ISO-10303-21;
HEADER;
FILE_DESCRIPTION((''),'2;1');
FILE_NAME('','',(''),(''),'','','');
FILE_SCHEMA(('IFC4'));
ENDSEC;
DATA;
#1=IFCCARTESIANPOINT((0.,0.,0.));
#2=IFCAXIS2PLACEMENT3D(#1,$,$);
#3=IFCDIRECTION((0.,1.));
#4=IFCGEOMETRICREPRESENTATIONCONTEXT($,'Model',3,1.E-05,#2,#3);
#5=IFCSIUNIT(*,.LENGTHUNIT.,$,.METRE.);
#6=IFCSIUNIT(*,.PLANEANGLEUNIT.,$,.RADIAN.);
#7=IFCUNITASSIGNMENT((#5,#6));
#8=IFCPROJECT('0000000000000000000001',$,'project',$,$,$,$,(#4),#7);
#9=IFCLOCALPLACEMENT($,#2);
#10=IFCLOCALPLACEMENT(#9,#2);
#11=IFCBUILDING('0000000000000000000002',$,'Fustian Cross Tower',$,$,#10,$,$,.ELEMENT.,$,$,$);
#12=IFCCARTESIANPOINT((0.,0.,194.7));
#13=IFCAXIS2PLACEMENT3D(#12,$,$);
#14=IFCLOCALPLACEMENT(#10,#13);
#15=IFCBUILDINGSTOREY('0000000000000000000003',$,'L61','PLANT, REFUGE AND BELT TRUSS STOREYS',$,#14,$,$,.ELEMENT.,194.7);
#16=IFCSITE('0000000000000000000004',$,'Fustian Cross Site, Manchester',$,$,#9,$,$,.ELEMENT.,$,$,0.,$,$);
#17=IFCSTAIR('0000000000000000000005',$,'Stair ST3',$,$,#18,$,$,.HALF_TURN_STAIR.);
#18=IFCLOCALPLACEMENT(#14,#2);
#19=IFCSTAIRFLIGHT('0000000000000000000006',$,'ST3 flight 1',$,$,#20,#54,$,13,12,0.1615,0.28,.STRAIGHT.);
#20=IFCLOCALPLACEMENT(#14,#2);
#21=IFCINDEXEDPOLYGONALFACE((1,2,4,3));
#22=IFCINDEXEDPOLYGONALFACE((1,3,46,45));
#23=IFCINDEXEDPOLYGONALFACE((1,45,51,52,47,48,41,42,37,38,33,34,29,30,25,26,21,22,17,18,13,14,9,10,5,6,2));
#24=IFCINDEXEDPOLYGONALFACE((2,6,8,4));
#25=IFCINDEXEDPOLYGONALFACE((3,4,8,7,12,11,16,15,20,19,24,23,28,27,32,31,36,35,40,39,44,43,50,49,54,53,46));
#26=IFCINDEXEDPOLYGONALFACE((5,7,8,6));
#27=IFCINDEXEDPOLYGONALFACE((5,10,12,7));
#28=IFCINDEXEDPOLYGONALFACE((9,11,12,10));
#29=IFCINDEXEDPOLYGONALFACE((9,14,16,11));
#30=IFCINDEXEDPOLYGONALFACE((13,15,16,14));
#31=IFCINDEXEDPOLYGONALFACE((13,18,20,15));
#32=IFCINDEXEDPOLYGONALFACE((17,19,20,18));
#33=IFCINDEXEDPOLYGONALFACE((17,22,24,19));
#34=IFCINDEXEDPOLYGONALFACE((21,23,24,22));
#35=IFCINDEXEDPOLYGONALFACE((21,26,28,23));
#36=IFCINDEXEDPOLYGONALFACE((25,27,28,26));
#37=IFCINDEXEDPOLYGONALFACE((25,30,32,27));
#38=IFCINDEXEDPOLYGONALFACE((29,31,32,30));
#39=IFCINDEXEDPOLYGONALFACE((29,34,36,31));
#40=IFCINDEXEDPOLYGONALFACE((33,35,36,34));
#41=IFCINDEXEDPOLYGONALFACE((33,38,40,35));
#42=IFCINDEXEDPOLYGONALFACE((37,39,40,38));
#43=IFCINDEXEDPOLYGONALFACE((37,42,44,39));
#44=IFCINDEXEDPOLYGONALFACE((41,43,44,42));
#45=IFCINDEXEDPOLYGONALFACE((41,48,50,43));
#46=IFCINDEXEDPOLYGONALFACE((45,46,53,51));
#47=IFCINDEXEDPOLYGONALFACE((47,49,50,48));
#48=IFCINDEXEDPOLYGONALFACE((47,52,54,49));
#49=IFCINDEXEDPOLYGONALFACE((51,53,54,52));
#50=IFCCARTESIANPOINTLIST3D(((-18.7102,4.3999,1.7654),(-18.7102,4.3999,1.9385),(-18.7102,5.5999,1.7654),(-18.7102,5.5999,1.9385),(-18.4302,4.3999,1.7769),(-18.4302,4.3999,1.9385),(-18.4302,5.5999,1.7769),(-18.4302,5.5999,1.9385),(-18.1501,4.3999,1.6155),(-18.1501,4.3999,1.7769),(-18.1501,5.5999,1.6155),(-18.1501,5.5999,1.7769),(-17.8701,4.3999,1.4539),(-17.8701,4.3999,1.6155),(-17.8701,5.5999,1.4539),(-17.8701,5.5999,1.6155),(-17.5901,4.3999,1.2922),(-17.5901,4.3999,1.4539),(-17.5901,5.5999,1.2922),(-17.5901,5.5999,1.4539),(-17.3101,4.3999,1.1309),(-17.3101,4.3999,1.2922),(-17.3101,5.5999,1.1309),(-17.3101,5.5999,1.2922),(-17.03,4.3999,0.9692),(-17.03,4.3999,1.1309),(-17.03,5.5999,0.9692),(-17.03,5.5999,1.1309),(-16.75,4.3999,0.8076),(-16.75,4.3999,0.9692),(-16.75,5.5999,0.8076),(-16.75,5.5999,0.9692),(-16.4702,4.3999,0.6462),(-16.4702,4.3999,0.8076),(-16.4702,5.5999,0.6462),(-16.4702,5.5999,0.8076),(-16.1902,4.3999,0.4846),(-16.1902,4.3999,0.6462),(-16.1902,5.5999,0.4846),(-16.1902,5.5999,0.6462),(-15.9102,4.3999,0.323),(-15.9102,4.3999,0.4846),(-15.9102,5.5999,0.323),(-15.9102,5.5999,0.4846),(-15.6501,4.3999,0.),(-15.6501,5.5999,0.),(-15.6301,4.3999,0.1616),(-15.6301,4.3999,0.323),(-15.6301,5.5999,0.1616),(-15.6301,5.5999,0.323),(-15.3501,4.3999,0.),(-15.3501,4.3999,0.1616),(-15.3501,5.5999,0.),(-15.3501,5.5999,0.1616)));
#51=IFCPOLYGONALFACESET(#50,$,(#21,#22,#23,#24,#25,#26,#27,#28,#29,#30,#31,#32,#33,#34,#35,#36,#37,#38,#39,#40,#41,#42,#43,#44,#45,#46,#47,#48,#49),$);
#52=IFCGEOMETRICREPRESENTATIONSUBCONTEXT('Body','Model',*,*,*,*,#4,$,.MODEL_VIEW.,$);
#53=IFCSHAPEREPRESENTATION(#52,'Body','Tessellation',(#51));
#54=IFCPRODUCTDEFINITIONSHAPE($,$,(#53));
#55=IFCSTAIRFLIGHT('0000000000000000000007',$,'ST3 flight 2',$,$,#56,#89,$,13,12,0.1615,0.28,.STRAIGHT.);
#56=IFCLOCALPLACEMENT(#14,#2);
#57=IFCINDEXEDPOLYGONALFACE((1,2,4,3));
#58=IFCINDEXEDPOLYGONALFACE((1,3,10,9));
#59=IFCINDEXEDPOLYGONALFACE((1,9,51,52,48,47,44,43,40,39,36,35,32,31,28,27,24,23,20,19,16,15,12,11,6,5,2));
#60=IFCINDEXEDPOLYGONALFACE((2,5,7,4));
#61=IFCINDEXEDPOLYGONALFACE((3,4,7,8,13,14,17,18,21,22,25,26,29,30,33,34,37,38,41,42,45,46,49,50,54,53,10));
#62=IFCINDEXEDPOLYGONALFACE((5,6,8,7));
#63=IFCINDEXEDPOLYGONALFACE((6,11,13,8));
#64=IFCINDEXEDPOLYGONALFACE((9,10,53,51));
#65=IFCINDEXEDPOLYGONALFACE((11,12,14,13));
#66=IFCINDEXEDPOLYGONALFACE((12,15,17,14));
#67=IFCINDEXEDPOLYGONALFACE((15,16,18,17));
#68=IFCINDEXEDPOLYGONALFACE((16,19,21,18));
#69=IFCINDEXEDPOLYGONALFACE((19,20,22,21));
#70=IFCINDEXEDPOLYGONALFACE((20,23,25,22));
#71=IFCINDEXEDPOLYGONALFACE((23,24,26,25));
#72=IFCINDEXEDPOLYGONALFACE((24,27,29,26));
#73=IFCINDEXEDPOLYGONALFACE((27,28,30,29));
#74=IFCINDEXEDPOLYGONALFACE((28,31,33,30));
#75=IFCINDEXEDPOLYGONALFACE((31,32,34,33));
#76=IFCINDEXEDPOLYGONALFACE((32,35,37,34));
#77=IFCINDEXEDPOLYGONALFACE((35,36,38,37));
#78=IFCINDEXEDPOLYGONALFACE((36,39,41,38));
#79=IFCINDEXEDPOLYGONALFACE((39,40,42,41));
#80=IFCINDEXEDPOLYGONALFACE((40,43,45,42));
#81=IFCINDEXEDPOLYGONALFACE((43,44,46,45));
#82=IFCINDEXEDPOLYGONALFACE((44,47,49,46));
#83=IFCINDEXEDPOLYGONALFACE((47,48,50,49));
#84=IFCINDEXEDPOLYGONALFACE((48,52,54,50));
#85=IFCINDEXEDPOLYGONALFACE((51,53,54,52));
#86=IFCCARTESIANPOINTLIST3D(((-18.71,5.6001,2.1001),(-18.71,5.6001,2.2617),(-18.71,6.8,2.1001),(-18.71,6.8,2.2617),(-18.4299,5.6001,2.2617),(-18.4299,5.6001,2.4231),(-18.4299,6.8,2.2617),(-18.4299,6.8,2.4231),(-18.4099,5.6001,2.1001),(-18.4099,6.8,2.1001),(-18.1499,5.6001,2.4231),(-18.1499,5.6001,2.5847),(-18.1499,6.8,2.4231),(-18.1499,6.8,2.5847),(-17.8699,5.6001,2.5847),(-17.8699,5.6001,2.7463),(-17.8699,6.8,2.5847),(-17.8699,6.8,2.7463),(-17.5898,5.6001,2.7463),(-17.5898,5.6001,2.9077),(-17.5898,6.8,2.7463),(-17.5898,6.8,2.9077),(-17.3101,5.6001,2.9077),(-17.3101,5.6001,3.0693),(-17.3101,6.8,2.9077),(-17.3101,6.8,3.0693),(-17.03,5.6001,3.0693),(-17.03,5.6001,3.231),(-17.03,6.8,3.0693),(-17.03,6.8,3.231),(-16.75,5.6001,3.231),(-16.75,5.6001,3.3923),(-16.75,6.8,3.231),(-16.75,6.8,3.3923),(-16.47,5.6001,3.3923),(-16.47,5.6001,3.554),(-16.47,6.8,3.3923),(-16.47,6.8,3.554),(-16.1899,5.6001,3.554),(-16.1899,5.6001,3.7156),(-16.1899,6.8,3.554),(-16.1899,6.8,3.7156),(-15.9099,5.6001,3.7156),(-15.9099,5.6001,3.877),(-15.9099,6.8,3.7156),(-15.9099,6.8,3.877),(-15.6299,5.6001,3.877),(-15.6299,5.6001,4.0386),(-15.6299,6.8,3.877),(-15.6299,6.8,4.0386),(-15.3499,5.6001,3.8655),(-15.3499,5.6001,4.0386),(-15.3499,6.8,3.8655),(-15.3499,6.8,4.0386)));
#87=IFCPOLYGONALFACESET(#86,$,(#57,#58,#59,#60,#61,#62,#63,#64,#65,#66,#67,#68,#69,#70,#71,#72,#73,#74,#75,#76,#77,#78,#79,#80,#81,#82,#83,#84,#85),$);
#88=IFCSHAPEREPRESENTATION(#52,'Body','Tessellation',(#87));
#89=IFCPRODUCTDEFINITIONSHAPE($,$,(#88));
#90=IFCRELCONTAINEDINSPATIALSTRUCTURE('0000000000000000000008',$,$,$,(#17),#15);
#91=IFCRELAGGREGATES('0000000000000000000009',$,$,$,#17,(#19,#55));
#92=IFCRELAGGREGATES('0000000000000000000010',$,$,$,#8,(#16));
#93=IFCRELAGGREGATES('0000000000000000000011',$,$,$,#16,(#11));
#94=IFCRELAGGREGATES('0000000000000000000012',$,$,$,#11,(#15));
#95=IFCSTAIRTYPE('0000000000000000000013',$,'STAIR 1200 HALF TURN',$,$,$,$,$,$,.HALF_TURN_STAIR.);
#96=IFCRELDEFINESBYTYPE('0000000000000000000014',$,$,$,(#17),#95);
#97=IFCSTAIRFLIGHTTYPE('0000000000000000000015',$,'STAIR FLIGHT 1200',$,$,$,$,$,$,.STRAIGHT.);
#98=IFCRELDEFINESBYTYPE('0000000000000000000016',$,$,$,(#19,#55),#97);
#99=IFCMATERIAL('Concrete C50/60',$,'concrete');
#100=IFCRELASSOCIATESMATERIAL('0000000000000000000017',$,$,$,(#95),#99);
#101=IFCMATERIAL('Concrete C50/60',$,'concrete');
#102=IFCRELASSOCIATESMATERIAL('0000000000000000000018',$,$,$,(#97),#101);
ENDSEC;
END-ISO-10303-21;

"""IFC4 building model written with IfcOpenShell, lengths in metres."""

from ifc_helpers import new_model, si_unit, direction, frame, origin, place, context, subcontext, project, spatial, polyline, outline, extrude, material, type_object, element, aggregate, save


model = new_model("IFC4")

# Units and contexts
model_context = context("Model", 3, precision=1e-05, world=origin(), true_north=direction((0.0, 1.0)))
body_context = subcontext(model_context, "Body", "Model", "MODEL_VIEW")
ifc_project = project(units=[si_unit("LENGTHUNIT", "METRE"), si_unit("PLANEANGLEUNIT", "RADIAN")], contexts=[model_context])

# Site, building, storey
site_placement = place(None, origin())
site = spatial("IfcSite", under=ifc_project, at=site_placement, Name="Fustian Cross Site, Manchester", CompositionType="ELEMENT", RefElevation=0.0)
building_placement = place(site_placement, origin())
building = spatial("IfcBuilding", under=site, at=building_placement, Name="Fustian Cross Tower", CompositionType="ELEMENT")
storey_placement = place(building_placement, frame((0.0, 0.0, 194.7)))
storey = spatial("IfcBuildingStorey", under=building, at=storey_placement, Name="L61", Description="PLANT, REFUGE AND BELT TRUSS STOREYS", CompositionType="ELEMENT", Elevation=194.7)

# Stair, stair flights
ifc_material_1 = material(Name="Concrete C50/60", Category="concrete")
stair_type = type_object("IfcStairType", Name="STAIR 1200 HALF TURN", PredefinedType="HALF_TURN_STAIR", material=ifc_material_1)
stair_placement = place(storey_placement, origin())
stair = element("IfcStair", 1, at=stair_placement, inside=storey, type_object=stair_type, Name="Stair ST3", PredefinedType="HALF_TURN_STAIR")
ifc_material_2 = material(Name="Concrete C50/60", Category="concrete")
stair_flight_type = type_object("IfcStairFlightType", Name="STAIR FLIGHT 1200", PredefinedType="STRAIGHT", material=ifc_material_2)
stair_flight_1_placement = place(storey_placement, frame((-15.3501, 5.0, 0.0), z_axis=(0.0, 0.0, 1.0), x_axis=(-1.0, 0.0, 0.0)))
stair_flight_1 = element("IfcStairFlight", 2, at=stair_flight_1_placement, type_object=stair_flight_type, Name="ST3 flight 1", NumberOfRisers=13, NumberOfTreads=12, PredefinedType="STRAIGHT", RiserHeight=0.1615, TreadLength=0.28, context=body_context, shape_type="SweptSolid", body=[
    extrude(outline(polyline([(0.0, 0.0), (0.0, 0.1616), (0.28, 0.1616), (0.28, 0.323), (0.5601, 0.323), (0.5601, 0.4846), (0.8401, 0.4846), (0.8401, 0.6462), (1.1201, 0.6462), (1.1201, 0.8076), (1.3999, 0.8076), (1.3999, 0.9692), (1.6799, 0.9692), (1.6799, 1.1309), (1.96, 1.1309), (1.96, 1.2922), (2.24, 1.2922), (2.24, 1.4539), (2.52, 1.4539), (2.52, 1.6155), (2.8, 1.6155), (2.8, 1.7769), (3.0801, 1.7769), (3.0801, 1.9385), (3.3601, 1.9385), (3.3601, 2.1001), (3.3601, 1.7654), (0.3, 0.0), (0.0, 0.0)])), frame((0.0, 0.6001, 0.0), z_axis=(0.0, -1.0, 0.0), x_axis=(1.0, 0.0, 0.0)), (0.0, 0.0, 1.0), 1.2),
])
stair_flight_2_placement = place(storey_placement, frame((-18.71, 6.2, 2.1001), z_axis=(0.0, 0.0, 1.0), x_axis=(1.0, 0.0, 0.0)))
stair_flight_2 = element("IfcStairFlight", 3, at=stair_flight_2_placement, type_object=stair_flight_type, Name="ST3 flight 2", NumberOfRisers=13, NumberOfTreads=12, PredefinedType="STRAIGHT", RiserHeight=0.1615, TreadLength=0.28, context=body_context, shape_type="SweptSolid", body=[
    extrude(outline(polyline([(0.0, 0.0), (0.0, 0.1616), (0.28, 0.1616), (0.28, 0.323), (0.5601, 0.323), (0.5601, 0.4846), (0.8401, 0.4846), (0.8401, 0.6462), (1.1201, 0.6462), (1.1201, 0.8076), (1.3999, 0.8076), (1.3999, 0.9692), (1.6799, 0.9692), (1.6799, 1.1309), (1.96, 1.1309), (1.96, 1.2922), (2.24, 1.2922), (2.24, 1.4539), (2.52, 1.4539), (2.52, 1.6155), (2.8, 1.6155), (2.8, 1.7769), (3.0801, 1.7769), (3.0801, 1.9385), (3.3601, 1.9385), (3.3601, 2.1001), (3.3601, 1.7654), (0.3, 0.0), (0.0, 0.0)])), frame((0.0, 0.6001, 0.0), z_axis=(0.0, -1.0, 0.0), x_axis=(1.0, 0.0, 0.0)), (0.0, 0.0, 1.0), 1.2),
])
aggregate(stair, [stair_flight_1, stair_flight_2])

save(model, "model.ifc")
